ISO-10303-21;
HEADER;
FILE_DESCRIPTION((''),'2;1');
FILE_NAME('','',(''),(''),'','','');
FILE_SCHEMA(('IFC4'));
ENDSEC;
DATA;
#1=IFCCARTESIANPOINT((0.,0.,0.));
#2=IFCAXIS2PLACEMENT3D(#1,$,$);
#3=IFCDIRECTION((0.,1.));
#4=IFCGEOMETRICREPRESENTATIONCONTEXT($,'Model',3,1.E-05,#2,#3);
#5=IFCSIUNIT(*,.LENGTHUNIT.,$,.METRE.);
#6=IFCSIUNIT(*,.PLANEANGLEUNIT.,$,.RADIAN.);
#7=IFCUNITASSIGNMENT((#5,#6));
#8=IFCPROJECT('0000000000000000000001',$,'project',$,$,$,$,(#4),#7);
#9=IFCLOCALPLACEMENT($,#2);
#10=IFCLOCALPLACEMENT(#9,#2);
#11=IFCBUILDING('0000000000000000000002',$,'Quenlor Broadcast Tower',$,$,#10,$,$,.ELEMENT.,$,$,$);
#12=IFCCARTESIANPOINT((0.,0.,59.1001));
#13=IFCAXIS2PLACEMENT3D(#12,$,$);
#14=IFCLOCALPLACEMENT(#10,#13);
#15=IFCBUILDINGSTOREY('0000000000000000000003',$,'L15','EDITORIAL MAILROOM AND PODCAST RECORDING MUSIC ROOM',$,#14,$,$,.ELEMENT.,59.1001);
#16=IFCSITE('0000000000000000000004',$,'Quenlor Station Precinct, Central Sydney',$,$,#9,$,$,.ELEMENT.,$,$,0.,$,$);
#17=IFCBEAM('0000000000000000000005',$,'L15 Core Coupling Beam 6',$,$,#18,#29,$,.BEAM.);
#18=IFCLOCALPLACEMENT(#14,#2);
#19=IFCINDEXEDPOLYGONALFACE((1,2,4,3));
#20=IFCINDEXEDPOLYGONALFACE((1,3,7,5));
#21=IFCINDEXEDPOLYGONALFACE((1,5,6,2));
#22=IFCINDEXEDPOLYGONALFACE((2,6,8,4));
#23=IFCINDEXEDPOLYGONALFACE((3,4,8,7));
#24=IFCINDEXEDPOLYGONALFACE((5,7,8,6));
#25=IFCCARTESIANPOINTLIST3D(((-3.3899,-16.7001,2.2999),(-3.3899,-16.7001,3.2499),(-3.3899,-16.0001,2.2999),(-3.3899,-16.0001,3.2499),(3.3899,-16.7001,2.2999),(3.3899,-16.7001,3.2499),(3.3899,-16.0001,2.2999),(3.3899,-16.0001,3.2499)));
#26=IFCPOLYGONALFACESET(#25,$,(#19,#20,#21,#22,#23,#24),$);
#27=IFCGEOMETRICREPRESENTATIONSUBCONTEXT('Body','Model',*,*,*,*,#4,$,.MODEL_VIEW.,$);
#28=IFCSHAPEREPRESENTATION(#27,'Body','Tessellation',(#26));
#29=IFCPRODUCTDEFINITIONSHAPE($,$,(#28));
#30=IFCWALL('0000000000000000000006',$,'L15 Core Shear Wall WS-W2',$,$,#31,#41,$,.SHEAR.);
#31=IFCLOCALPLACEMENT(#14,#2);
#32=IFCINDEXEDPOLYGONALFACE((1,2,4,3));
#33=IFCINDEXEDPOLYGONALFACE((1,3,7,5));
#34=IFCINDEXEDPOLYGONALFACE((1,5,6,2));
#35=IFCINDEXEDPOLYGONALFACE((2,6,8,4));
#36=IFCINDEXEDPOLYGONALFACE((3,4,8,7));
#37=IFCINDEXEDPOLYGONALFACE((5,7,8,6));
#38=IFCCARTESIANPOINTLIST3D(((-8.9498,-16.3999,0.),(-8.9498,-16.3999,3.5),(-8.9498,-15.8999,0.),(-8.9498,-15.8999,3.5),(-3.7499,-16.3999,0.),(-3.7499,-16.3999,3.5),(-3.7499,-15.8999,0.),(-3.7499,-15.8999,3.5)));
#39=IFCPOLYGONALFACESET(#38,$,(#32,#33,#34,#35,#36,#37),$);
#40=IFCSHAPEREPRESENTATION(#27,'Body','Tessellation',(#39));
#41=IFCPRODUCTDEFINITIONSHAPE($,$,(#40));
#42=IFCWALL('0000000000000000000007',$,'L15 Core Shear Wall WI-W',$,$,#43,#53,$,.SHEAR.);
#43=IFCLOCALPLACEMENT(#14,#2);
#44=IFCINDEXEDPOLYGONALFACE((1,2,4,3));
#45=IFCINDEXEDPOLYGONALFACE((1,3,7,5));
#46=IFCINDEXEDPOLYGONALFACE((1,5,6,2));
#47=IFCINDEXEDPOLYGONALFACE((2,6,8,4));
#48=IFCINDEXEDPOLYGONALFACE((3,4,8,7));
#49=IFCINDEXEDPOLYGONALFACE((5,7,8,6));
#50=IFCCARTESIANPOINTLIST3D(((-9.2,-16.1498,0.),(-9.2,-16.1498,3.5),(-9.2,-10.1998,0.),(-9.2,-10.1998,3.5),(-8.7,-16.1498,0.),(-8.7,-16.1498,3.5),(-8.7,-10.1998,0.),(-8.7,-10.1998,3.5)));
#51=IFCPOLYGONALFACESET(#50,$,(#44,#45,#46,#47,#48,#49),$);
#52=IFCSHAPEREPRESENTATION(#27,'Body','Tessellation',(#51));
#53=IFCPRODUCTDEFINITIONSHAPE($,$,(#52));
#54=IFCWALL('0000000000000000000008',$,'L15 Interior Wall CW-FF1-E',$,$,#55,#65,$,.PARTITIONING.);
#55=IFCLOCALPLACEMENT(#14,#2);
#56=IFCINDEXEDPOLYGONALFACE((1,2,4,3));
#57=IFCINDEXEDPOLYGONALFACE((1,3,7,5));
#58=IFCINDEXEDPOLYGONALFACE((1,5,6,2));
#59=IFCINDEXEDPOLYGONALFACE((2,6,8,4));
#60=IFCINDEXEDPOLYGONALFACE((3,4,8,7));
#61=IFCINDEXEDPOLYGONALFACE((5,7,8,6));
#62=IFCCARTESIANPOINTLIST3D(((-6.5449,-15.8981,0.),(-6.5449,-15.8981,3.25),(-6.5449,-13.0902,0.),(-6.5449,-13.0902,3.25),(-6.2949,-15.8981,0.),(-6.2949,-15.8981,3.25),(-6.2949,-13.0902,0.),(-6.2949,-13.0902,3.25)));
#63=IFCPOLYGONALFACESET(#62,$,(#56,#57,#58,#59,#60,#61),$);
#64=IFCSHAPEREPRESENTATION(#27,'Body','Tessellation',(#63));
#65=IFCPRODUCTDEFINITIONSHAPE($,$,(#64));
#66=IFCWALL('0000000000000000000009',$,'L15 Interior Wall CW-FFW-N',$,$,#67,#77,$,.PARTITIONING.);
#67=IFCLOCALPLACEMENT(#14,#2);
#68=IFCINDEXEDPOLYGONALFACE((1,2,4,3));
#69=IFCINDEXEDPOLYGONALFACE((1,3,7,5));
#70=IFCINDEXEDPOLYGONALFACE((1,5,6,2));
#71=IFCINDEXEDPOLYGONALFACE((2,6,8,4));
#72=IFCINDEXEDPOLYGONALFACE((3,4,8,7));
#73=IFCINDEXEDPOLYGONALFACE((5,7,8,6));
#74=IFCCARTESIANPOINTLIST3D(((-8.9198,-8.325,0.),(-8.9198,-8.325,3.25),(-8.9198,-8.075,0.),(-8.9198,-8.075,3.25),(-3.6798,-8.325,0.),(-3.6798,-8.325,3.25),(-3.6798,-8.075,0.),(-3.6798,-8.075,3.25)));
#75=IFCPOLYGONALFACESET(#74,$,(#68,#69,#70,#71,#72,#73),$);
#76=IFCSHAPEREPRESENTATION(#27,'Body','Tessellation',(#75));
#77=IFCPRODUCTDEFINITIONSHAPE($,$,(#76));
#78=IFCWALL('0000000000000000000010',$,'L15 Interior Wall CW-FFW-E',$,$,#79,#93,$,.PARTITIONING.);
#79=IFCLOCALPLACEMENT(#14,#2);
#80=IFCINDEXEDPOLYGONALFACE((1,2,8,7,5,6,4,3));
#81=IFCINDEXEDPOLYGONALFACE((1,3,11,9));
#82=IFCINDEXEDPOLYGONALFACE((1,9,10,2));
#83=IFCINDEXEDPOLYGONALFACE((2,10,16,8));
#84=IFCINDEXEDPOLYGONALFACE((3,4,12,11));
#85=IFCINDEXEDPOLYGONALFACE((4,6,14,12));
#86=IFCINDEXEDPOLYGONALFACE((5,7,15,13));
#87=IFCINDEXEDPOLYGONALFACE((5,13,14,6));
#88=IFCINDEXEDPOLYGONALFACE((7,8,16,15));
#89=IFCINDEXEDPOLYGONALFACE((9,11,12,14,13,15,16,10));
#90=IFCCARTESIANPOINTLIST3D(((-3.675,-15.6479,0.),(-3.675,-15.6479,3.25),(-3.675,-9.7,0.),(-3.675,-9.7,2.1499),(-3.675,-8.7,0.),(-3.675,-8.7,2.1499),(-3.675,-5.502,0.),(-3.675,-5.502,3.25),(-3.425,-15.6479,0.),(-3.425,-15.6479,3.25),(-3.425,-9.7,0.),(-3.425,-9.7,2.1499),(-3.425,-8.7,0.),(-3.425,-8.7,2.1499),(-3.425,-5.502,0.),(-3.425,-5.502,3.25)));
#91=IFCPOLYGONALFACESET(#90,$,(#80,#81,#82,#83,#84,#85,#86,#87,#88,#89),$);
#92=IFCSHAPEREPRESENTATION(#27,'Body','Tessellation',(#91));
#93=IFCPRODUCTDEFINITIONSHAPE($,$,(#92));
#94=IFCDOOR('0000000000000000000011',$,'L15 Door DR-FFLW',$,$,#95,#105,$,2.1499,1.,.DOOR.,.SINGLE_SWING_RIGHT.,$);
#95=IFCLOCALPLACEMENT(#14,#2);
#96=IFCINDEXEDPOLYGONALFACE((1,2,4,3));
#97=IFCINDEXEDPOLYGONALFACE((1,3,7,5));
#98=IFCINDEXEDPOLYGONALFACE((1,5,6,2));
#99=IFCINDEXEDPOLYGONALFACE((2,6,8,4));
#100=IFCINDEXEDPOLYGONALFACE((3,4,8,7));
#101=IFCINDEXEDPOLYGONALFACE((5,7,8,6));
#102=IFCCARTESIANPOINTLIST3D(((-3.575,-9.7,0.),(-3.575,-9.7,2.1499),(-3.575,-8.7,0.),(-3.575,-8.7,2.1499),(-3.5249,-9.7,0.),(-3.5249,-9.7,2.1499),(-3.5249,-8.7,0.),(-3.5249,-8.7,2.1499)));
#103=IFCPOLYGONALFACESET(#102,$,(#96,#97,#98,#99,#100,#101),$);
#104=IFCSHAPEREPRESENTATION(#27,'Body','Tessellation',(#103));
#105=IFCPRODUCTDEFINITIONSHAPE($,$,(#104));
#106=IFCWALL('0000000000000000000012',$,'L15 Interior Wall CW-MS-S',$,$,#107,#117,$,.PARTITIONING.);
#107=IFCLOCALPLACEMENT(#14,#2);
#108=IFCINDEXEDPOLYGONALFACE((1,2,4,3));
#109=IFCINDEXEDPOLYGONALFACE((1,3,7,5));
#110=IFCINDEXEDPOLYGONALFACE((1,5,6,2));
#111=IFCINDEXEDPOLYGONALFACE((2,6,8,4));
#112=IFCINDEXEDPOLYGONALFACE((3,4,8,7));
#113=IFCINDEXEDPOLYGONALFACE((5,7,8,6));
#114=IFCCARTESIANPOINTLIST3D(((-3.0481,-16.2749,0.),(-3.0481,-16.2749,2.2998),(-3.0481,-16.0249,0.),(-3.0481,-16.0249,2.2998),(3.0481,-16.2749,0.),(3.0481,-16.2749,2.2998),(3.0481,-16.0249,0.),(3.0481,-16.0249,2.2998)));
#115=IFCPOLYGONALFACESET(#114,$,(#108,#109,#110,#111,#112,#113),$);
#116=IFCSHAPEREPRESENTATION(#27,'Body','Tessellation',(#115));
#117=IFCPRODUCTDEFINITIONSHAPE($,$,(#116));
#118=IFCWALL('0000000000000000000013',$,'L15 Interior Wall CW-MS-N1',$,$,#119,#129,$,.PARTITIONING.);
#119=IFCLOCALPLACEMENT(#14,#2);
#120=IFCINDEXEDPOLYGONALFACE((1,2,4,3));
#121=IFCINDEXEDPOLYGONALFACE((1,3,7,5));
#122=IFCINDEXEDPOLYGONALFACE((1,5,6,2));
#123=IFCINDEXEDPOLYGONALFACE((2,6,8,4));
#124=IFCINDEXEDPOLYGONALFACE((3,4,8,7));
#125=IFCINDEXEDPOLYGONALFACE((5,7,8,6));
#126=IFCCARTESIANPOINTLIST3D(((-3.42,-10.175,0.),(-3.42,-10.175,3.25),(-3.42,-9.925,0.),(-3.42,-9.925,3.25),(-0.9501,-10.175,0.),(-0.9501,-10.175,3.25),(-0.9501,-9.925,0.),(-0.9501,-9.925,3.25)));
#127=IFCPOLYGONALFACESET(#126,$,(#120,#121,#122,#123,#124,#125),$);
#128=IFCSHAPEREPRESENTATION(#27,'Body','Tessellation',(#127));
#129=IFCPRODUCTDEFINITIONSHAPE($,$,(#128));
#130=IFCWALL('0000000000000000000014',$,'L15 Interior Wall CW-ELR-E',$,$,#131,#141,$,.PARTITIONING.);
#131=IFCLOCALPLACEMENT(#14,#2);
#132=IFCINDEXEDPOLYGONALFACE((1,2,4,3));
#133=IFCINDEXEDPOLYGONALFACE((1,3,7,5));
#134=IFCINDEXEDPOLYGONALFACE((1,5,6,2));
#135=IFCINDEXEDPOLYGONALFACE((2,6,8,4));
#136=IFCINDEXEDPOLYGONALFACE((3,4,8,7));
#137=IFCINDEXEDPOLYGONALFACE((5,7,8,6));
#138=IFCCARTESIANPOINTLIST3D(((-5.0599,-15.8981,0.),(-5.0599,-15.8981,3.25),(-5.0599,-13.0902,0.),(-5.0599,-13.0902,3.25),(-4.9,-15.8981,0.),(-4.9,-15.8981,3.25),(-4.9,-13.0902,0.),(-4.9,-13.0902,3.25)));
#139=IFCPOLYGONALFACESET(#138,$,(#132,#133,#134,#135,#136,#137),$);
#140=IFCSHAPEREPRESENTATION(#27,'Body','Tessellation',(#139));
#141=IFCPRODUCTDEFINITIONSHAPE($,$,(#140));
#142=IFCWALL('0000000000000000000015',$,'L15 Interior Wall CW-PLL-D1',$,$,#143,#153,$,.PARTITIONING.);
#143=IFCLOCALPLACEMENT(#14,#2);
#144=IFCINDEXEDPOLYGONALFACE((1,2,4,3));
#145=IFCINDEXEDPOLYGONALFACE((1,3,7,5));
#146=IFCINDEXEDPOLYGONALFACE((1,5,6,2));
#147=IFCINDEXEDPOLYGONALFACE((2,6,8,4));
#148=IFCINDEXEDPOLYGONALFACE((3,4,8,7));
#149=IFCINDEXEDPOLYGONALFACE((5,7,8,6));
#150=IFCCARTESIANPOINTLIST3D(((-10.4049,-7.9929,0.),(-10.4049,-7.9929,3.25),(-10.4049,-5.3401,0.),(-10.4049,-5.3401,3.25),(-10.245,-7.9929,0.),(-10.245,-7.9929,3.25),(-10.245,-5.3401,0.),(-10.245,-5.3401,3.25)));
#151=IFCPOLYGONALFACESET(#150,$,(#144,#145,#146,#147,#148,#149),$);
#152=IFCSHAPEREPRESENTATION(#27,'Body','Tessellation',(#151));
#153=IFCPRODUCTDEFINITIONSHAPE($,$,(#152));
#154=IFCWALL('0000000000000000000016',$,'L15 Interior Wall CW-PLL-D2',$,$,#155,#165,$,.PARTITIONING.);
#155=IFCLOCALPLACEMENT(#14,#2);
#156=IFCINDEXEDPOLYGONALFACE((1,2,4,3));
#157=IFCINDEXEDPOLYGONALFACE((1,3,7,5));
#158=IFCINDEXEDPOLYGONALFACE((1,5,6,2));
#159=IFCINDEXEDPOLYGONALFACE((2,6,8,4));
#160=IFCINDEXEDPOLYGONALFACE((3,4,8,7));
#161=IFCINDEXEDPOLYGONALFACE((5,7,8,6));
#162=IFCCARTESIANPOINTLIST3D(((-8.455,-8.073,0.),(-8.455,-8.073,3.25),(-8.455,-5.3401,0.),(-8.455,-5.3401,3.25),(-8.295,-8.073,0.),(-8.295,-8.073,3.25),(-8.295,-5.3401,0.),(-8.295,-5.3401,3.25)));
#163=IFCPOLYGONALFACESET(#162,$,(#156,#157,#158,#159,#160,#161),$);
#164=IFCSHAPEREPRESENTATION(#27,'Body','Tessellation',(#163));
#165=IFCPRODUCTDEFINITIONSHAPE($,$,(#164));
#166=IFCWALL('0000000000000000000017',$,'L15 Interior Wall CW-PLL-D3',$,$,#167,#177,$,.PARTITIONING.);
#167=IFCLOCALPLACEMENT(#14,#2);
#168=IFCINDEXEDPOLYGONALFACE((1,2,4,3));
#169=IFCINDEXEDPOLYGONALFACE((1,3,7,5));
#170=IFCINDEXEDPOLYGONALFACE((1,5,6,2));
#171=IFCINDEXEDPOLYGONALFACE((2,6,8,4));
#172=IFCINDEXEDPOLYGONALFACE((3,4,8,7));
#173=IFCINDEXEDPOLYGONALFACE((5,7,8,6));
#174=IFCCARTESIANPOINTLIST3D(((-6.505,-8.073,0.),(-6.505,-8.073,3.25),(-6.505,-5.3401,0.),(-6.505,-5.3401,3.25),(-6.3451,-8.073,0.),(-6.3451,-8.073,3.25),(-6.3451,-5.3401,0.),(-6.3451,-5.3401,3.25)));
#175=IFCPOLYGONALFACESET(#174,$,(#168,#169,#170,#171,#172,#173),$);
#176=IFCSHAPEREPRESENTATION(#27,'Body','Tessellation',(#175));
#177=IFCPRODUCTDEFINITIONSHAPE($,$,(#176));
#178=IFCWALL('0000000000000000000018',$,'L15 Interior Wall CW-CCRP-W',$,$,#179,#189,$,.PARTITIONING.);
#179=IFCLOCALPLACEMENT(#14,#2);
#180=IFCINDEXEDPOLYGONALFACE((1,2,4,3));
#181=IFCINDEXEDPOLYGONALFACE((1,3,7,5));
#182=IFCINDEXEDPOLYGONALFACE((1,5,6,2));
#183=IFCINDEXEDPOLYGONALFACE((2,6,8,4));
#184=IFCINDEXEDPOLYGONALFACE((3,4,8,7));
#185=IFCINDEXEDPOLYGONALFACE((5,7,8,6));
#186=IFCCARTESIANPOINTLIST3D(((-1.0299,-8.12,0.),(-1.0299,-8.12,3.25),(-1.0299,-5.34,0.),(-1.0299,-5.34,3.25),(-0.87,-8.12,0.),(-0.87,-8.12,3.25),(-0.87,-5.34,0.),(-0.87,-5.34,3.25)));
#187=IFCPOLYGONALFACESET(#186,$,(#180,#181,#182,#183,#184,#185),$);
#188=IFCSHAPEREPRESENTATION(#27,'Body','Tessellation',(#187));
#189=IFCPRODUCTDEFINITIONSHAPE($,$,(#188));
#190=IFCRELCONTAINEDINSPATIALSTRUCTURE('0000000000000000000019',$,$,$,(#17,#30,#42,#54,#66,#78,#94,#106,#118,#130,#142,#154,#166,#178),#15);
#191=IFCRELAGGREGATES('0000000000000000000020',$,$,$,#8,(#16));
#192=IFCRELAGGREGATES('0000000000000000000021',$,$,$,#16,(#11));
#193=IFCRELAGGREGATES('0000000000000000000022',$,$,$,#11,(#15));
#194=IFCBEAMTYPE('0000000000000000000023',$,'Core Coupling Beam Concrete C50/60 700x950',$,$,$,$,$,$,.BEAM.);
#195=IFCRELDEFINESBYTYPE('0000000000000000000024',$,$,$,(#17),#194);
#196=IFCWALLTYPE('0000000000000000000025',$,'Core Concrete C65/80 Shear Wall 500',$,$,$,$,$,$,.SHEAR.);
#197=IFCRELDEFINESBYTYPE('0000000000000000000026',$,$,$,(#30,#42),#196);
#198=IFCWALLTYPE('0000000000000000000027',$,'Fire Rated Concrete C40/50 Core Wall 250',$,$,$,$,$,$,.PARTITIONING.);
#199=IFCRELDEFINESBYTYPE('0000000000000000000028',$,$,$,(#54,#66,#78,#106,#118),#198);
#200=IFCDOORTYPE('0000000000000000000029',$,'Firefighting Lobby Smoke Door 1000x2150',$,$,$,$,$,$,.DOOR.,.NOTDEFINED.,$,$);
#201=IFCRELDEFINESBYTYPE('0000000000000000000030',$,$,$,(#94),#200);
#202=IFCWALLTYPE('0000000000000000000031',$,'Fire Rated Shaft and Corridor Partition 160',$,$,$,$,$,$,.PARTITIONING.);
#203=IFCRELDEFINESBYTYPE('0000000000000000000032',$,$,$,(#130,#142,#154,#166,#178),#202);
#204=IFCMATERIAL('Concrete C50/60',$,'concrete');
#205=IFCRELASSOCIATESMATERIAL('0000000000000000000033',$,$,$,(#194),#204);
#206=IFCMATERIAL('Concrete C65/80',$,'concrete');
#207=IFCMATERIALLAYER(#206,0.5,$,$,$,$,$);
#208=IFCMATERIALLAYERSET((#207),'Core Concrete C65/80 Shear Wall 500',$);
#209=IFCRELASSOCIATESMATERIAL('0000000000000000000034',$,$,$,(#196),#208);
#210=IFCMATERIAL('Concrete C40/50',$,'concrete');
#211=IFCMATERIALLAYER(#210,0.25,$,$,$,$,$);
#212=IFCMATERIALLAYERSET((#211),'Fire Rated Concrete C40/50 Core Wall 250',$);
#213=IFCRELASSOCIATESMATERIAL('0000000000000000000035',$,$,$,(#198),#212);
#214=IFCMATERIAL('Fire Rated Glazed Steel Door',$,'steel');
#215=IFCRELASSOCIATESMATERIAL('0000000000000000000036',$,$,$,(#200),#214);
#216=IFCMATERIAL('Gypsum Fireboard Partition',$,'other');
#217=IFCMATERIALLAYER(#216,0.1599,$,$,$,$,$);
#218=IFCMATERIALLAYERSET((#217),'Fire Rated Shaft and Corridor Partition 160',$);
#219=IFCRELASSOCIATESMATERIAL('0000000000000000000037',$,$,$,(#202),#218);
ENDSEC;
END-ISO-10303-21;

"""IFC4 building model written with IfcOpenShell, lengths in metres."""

from ifc_helpers import new_model, si_unit, direction, frame, frame_2d, origin, origin_2d, place, context, subcontext, project, spatial, rectangle, extrude, material, layer, layer_set, material_profile, profile_set, type_object, element, fill, save


model = new_model("IFC4")

# Units and contexts
model_context = context("Model", 3, precision=1e-05, world=origin(), true_north=direction((0.0, 1.0)))
body_context = subcontext(model_context, "Body", "Model", "MODEL_VIEW")
ifc_project = project(units=[si_unit("LENGTHUNIT", "METRE"), si_unit("PLANEANGLEUNIT", "RADIAN")], contexts=[model_context])

# Site, building, storey
site_placement = place(None, origin())
site = spatial("IfcSite", under=ifc_project, at=site_placement, Name="Quenlor Station Precinct, Central Sydney", CompositionType="ELEMENT", RefElevation=0.0)
building_placement = place(site_placement, origin())
building = spatial("IfcBuilding", under=site, at=building_placement, Name="Quenlor Broadcast Tower", CompositionType="ELEMENT")
storey_placement = place(building_placement, frame((0.0, 0.0, 59.1001)))
storey = spatial("IfcBuildingStorey", under=building, at=storey_placement, Name="L15", Description="EDITORIAL MAILROOM AND PODCAST RECORDING MUSIC ROOM", CompositionType="ELEMENT", Elevation=59.1001)

# Beam
ifc_material_1 = material(Name="Concrete C50/60", Category="concrete")
ifc_material_profile = material_profile(ifc_material_1, rectangle(XDim=0.7, YDim=0.95, at=origin_2d()))
ifc_profile_set = profile_set([ifc_material_profile], Name="Concrete C50/60 RCB700x950")
beam_type = type_object("IfcBeamType", Name="Core Coupling Beam Concrete C50/60 700x950", PredefinedType="BEAM", material=ifc_profile_set)
beam_placement = place(storey_placement, frame((-3.3899, -16.3501, 2.7749), z_axis=(1.0, 0.0, 0.0), x_axis=(0.0, 1.0, 0.0)))
element("IfcBeam", 1, at=beam_placement, inside=storey, type_object=beam_type, Name="L15 Core Coupling Beam 6", PredefinedType="BEAM", context=body_context, shape_type="SweptSolid", body=[
    extrude(rectangle(XDim=0.7, YDim=0.95, at=origin_2d()), origin(), (0.0, 0.0, 1.0), 6.7798),
])

# Walls
ifc_material_2 = material(Name="Concrete C65/80", Category="concrete")
ifc_layer_1 = layer(ifc_material_2, 0.5)
ifc_layer_set_1 = layer_set([ifc_layer_1], Name="Core Concrete C65/80 Shear Wall 500")
wall_type_1 = type_object("IfcWallType", Name="Core Concrete C65/80 Shear Wall 500", PredefinedType="SHEAR", material=ifc_layer_set_1)
wall_1_placement = place(storey_placement, frame((-8.95, -16.1499, 0.0), z_axis=(0.0, 0.0, 1.0), x_axis=(1.0, 0.0, 0.0)))
element("IfcWall", 2, at=wall_1_placement, inside=storey, type_object=wall_type_1, Name="L15 Core Shear Wall WS-W2", PredefinedType="SHEAR", context=body_context, shape_type="SweptSolid", body=[
    extrude(rectangle(XDim=5.2, YDim=0.5, at=frame_2d((2.6001, 0.0))), origin(), (0.0, 0.0, 1.0), 3.5),
])
wall_2_placement = place(storey_placement, frame((-8.95, -16.1499, 0.0), z_axis=(0.0, 0.0, 1.0), x_axis=(0.0, 1.0, 0.0)))
element("IfcWall", 3, at=wall_2_placement, inside=storey, type_object=wall_type_1, Name="L15 Core Shear Wall WI-W", PredefinedType="SHEAR", context=body_context, shape_type="SweptSolid", body=[
    extrude(rectangle(XDim=5.95, YDim=0.5, at=frame_2d((2.9751, 0.0))), origin(), (0.0, 0.0, 1.0), 3.5),
])

# Shared definitions
ifc_material_3 = material(Name="Concrete C40/50", Category="concrete")
ifc_layer_2 = layer(ifc_material_3, 0.25)
ifc_layer_set_2 = layer_set([ifc_layer_2], Name="Fire Rated Concrete C40/50 Core Wall 250")
wall_type_2 = type_object("IfcWallType", Name="Fire Rated Concrete C40/50 Core Wall 250", PredefinedType="PARTITIONING", material=ifc_layer_set_2)

# Walls
wall_3_placement = place(storey_placement, frame((-6.4199, -15.8979, 0.0), z_axis=(0.0, 0.0, 1.0), x_axis=(0.0, 1.0, 0.0)))
element("IfcWall", 4, at=wall_3_placement, inside=storey, type_object=wall_type_2, Name="L15 Interior Wall CW-FF1-E", PredefinedType="PARTITIONING", context=body_context, shape_type="SweptSolid", body=[
    extrude(rectangle(XDim=2.8079, YDim=0.25, at=frame_2d((1.4038, 0.0))), origin(), (0.0, 0.0, 1.0), 3.25),
])
wall_4_placement = place(storey_placement, frame((-8.9199, -8.2, 0.0), z_axis=(0.0, 0.0, 1.0), x_axis=(1.0, 0.0, 0.0)))
element("IfcWall", 5, at=wall_4_placement, inside=storey, type_object=wall_type_2, Name="L15 Interior Wall CW-FFW-N", PredefinedType="PARTITIONING", context=body_context, shape_type="SweptSolid", body=[
    extrude(rectangle(XDim=5.24, YDim=0.25, at=frame_2d((2.6201, 0.0))), origin(), (0.0, 0.0, 1.0), 3.25),
])

# Wall, opening, door
wall_5_placement = place(storey_placement, frame((-3.55, -15.6479, 0.0), z_axis=(0.0, 0.0, 1.0), x_axis=(0.0, 1.0, 0.0)))
wall_5 = element("IfcWall", 6, at=wall_5_placement, inside=storey, type_object=wall_type_2, Name="L15 Interior Wall CW-FFW-E", PredefinedType="PARTITIONING", context=body_context, shape_type="SweptSolid", body=[
    extrude(rectangle(XDim=10.146, YDim=0.25, at=frame_2d((5.073, 0.0))), origin(), (0.0, 0.0, 1.0), 3.25),
])
opening_1_placement = place(wall_5_placement, frame((5.948, 0.0, 0.0)))
opening_1 = element("IfcOpeningElement", 7, at=opening_1_placement, cuts=wall_5, PredefinedType="OPENING", context=body_context, shape_type="SweptSolid", body=[
    extrude(rectangle(XDim=1.0, YDim=2.1499, at=frame_2d((0.5, 1.075))), frame((0.0, 0.135, 0.0), z_axis=(0.0, -1.0, 0.0), x_axis=(1.0, 0.0, 0.0)), (0.0, 0.0, 1.0), 0.27),
])
ifc_material_4 = material(Name="Fire Rated Glazed Steel Door", Category="steel")
door_type_1 = type_object("IfcDoorType", Name="Firefighting Lobby Smoke Door 1000x2150", OperationType="NOTDEFINED", PredefinedType="DOOR", material=ifc_material_4)
door_1_placement = place(opening_1_placement, origin())
door_1 = element("IfcDoor", 8, at=door_1_placement, inside=storey, type_object=door_type_1, Name="L15 Door DR-FFLW", OperationType="SINGLE_SWING_RIGHT", OverallHeight=2.1499, OverallWidth=1.0, PredefinedType="DOOR", context=body_context, shape_type="SweptSolid", body=[
    extrude(rectangle(XDim=1.0, YDim=2.1499, at=frame_2d((0.5, 1.075))), frame((0.0, 0.0249, 0.0), z_axis=(0.0, -1.0, 0.0), x_axis=(1.0, 0.0, 0.0)), (0.0, 0.0, 1.0), 0.05),
])
fill(opening_1, door_1)

# Walls
wall_6_placement = place(storey_placement, frame((-3.0481, -16.1499, 0.0), z_axis=(0.0, 0.0, 1.0), x_axis=(1.0, 0.0, 0.0)))
element("IfcWall", 9, at=wall_6_placement, inside=storey, type_object=wall_type_2, Name="L15 Interior Wall CW-MS-S", PredefinedType="PARTITIONING", context=body_context, shape_type="SweptSolid", body=[
    extrude(rectangle(XDim=6.0962, YDim=0.25, at=frame_2d((3.0481, 0.0))), origin(), (0.0, 0.0, 1.0), 2.2998),
])
wall_7_placement = place(storey_placement, frame((-3.4199, -10.05, 0.0), z_axis=(0.0, 0.0, 1.0), x_axis=(1.0, 0.0, 0.0)))
element("IfcWall", 10, at=wall_7_placement, inside=storey, type_object=wall_type_2, Name="L15 Interior Wall CW-MS-N1", PredefinedType="PARTITIONING", context=body_context, shape_type="SweptSolid", body=[
    extrude(rectangle(XDim=2.47, YDim=0.25, at=frame_2d((1.2349, 0.0))), origin(), (0.0, 0.0, 1.0), 3.25),
])
ifc_material_5 = material(Name="Gypsum Fireboard Partition", Category="other")
ifc_layer_3 = layer(ifc_material_5, 0.1599)
ifc_layer_set_3 = layer_set([ifc_layer_3], Name="Fire Rated Shaft and Corridor Partition 160")
wall_type_3 = type_object("IfcWallType", Name="Fire Rated Shaft and Corridor Partition 160", PredefinedType="PARTITIONING", material=ifc_layer_set_3)
wall_8_placement = place(storey_placement, frame((-4.98, -15.8979, 0.0), z_axis=(0.0, 0.0, 1.0), x_axis=(0.0, 1.0, 0.0)))
element("IfcWall", 11, at=wall_8_placement, inside=storey, type_object=wall_type_3, Name="L15 Interior Wall CW-ELR-E", PredefinedType="PARTITIONING", context=body_context, shape_type="SweptSolid", body=[
    extrude(rectangle(XDim=2.8079, YDim=0.1599, at=frame_2d((1.4038, 0.0))), origin(), (0.0, 0.0, 1.0), 3.25),
])
wall_9_placement = place(storey_placement, frame((-10.325, -7.9929, 0.0), z_axis=(0.0, 0.0, 1.0), x_axis=(0.0, 1.0, 0.0)))
element("IfcWall", 12, at=wall_9_placement, inside=storey, type_object=wall_type_3, Name="L15 Interior Wall CW-PLL-D1", PredefinedType="PARTITIONING", context=body_context, shape_type="SweptSolid", body=[
    extrude(rectangle(XDim=2.6528, YDim=0.1599, at=frame_2d((1.3264, 0.0))), origin(), (0.0, 0.0, 1.0), 3.25),
])
for number, where, z_axis, x_axis, name in (
    (13, (-8.375, -8.073, 0.0), (0.0, 0.0, 1.0), (0.0, 1.0, 0.0), "L15 Interior Wall CW-PLL-D2"),
    (14, (-6.425, -8.073, 0.0), (0.0, 0.0, 1.0), (0.0, 1.0, 0.0), "L15 Interior Wall CW-PLL-D3"),
):
    element("IfcWall", number, at=place(storey_placement, frame(where, z_axis=z_axis, x_axis=x_axis)), inside=storey, type_object=wall_type_3, Name=name, PredefinedType="PARTITIONING", context=body_context, shape_type="SweptSolid", body=[
        extrude(rectangle(XDim=2.7329, YDim=0.1599, at=frame_2d((1.3665, 0.0))), origin(), (0.0, 0.0, 1.0), 3.25),
    ])
wall_10_placement = place(storey_placement, frame((-0.95, -8.1201, 0.0), z_axis=(0.0, 0.0, 1.0), x_axis=(0.0, 1.0, 0.0)))
element("IfcWall", 15, at=wall_10_placement, inside=storey, type_object=wall_type_3, Name="L15 Interior Wall CW-CCRP-W", PredefinedType="PARTITIONING", context=body_context, shape_type="SweptSolid", body=[
    extrude(rectangle(XDim=2.78, YDim=0.1599, at=frame_2d((1.3901, 0.0))), origin(), (0.0, 0.0, 1.0), 3.25),
])

save(model, "model.ifc")
